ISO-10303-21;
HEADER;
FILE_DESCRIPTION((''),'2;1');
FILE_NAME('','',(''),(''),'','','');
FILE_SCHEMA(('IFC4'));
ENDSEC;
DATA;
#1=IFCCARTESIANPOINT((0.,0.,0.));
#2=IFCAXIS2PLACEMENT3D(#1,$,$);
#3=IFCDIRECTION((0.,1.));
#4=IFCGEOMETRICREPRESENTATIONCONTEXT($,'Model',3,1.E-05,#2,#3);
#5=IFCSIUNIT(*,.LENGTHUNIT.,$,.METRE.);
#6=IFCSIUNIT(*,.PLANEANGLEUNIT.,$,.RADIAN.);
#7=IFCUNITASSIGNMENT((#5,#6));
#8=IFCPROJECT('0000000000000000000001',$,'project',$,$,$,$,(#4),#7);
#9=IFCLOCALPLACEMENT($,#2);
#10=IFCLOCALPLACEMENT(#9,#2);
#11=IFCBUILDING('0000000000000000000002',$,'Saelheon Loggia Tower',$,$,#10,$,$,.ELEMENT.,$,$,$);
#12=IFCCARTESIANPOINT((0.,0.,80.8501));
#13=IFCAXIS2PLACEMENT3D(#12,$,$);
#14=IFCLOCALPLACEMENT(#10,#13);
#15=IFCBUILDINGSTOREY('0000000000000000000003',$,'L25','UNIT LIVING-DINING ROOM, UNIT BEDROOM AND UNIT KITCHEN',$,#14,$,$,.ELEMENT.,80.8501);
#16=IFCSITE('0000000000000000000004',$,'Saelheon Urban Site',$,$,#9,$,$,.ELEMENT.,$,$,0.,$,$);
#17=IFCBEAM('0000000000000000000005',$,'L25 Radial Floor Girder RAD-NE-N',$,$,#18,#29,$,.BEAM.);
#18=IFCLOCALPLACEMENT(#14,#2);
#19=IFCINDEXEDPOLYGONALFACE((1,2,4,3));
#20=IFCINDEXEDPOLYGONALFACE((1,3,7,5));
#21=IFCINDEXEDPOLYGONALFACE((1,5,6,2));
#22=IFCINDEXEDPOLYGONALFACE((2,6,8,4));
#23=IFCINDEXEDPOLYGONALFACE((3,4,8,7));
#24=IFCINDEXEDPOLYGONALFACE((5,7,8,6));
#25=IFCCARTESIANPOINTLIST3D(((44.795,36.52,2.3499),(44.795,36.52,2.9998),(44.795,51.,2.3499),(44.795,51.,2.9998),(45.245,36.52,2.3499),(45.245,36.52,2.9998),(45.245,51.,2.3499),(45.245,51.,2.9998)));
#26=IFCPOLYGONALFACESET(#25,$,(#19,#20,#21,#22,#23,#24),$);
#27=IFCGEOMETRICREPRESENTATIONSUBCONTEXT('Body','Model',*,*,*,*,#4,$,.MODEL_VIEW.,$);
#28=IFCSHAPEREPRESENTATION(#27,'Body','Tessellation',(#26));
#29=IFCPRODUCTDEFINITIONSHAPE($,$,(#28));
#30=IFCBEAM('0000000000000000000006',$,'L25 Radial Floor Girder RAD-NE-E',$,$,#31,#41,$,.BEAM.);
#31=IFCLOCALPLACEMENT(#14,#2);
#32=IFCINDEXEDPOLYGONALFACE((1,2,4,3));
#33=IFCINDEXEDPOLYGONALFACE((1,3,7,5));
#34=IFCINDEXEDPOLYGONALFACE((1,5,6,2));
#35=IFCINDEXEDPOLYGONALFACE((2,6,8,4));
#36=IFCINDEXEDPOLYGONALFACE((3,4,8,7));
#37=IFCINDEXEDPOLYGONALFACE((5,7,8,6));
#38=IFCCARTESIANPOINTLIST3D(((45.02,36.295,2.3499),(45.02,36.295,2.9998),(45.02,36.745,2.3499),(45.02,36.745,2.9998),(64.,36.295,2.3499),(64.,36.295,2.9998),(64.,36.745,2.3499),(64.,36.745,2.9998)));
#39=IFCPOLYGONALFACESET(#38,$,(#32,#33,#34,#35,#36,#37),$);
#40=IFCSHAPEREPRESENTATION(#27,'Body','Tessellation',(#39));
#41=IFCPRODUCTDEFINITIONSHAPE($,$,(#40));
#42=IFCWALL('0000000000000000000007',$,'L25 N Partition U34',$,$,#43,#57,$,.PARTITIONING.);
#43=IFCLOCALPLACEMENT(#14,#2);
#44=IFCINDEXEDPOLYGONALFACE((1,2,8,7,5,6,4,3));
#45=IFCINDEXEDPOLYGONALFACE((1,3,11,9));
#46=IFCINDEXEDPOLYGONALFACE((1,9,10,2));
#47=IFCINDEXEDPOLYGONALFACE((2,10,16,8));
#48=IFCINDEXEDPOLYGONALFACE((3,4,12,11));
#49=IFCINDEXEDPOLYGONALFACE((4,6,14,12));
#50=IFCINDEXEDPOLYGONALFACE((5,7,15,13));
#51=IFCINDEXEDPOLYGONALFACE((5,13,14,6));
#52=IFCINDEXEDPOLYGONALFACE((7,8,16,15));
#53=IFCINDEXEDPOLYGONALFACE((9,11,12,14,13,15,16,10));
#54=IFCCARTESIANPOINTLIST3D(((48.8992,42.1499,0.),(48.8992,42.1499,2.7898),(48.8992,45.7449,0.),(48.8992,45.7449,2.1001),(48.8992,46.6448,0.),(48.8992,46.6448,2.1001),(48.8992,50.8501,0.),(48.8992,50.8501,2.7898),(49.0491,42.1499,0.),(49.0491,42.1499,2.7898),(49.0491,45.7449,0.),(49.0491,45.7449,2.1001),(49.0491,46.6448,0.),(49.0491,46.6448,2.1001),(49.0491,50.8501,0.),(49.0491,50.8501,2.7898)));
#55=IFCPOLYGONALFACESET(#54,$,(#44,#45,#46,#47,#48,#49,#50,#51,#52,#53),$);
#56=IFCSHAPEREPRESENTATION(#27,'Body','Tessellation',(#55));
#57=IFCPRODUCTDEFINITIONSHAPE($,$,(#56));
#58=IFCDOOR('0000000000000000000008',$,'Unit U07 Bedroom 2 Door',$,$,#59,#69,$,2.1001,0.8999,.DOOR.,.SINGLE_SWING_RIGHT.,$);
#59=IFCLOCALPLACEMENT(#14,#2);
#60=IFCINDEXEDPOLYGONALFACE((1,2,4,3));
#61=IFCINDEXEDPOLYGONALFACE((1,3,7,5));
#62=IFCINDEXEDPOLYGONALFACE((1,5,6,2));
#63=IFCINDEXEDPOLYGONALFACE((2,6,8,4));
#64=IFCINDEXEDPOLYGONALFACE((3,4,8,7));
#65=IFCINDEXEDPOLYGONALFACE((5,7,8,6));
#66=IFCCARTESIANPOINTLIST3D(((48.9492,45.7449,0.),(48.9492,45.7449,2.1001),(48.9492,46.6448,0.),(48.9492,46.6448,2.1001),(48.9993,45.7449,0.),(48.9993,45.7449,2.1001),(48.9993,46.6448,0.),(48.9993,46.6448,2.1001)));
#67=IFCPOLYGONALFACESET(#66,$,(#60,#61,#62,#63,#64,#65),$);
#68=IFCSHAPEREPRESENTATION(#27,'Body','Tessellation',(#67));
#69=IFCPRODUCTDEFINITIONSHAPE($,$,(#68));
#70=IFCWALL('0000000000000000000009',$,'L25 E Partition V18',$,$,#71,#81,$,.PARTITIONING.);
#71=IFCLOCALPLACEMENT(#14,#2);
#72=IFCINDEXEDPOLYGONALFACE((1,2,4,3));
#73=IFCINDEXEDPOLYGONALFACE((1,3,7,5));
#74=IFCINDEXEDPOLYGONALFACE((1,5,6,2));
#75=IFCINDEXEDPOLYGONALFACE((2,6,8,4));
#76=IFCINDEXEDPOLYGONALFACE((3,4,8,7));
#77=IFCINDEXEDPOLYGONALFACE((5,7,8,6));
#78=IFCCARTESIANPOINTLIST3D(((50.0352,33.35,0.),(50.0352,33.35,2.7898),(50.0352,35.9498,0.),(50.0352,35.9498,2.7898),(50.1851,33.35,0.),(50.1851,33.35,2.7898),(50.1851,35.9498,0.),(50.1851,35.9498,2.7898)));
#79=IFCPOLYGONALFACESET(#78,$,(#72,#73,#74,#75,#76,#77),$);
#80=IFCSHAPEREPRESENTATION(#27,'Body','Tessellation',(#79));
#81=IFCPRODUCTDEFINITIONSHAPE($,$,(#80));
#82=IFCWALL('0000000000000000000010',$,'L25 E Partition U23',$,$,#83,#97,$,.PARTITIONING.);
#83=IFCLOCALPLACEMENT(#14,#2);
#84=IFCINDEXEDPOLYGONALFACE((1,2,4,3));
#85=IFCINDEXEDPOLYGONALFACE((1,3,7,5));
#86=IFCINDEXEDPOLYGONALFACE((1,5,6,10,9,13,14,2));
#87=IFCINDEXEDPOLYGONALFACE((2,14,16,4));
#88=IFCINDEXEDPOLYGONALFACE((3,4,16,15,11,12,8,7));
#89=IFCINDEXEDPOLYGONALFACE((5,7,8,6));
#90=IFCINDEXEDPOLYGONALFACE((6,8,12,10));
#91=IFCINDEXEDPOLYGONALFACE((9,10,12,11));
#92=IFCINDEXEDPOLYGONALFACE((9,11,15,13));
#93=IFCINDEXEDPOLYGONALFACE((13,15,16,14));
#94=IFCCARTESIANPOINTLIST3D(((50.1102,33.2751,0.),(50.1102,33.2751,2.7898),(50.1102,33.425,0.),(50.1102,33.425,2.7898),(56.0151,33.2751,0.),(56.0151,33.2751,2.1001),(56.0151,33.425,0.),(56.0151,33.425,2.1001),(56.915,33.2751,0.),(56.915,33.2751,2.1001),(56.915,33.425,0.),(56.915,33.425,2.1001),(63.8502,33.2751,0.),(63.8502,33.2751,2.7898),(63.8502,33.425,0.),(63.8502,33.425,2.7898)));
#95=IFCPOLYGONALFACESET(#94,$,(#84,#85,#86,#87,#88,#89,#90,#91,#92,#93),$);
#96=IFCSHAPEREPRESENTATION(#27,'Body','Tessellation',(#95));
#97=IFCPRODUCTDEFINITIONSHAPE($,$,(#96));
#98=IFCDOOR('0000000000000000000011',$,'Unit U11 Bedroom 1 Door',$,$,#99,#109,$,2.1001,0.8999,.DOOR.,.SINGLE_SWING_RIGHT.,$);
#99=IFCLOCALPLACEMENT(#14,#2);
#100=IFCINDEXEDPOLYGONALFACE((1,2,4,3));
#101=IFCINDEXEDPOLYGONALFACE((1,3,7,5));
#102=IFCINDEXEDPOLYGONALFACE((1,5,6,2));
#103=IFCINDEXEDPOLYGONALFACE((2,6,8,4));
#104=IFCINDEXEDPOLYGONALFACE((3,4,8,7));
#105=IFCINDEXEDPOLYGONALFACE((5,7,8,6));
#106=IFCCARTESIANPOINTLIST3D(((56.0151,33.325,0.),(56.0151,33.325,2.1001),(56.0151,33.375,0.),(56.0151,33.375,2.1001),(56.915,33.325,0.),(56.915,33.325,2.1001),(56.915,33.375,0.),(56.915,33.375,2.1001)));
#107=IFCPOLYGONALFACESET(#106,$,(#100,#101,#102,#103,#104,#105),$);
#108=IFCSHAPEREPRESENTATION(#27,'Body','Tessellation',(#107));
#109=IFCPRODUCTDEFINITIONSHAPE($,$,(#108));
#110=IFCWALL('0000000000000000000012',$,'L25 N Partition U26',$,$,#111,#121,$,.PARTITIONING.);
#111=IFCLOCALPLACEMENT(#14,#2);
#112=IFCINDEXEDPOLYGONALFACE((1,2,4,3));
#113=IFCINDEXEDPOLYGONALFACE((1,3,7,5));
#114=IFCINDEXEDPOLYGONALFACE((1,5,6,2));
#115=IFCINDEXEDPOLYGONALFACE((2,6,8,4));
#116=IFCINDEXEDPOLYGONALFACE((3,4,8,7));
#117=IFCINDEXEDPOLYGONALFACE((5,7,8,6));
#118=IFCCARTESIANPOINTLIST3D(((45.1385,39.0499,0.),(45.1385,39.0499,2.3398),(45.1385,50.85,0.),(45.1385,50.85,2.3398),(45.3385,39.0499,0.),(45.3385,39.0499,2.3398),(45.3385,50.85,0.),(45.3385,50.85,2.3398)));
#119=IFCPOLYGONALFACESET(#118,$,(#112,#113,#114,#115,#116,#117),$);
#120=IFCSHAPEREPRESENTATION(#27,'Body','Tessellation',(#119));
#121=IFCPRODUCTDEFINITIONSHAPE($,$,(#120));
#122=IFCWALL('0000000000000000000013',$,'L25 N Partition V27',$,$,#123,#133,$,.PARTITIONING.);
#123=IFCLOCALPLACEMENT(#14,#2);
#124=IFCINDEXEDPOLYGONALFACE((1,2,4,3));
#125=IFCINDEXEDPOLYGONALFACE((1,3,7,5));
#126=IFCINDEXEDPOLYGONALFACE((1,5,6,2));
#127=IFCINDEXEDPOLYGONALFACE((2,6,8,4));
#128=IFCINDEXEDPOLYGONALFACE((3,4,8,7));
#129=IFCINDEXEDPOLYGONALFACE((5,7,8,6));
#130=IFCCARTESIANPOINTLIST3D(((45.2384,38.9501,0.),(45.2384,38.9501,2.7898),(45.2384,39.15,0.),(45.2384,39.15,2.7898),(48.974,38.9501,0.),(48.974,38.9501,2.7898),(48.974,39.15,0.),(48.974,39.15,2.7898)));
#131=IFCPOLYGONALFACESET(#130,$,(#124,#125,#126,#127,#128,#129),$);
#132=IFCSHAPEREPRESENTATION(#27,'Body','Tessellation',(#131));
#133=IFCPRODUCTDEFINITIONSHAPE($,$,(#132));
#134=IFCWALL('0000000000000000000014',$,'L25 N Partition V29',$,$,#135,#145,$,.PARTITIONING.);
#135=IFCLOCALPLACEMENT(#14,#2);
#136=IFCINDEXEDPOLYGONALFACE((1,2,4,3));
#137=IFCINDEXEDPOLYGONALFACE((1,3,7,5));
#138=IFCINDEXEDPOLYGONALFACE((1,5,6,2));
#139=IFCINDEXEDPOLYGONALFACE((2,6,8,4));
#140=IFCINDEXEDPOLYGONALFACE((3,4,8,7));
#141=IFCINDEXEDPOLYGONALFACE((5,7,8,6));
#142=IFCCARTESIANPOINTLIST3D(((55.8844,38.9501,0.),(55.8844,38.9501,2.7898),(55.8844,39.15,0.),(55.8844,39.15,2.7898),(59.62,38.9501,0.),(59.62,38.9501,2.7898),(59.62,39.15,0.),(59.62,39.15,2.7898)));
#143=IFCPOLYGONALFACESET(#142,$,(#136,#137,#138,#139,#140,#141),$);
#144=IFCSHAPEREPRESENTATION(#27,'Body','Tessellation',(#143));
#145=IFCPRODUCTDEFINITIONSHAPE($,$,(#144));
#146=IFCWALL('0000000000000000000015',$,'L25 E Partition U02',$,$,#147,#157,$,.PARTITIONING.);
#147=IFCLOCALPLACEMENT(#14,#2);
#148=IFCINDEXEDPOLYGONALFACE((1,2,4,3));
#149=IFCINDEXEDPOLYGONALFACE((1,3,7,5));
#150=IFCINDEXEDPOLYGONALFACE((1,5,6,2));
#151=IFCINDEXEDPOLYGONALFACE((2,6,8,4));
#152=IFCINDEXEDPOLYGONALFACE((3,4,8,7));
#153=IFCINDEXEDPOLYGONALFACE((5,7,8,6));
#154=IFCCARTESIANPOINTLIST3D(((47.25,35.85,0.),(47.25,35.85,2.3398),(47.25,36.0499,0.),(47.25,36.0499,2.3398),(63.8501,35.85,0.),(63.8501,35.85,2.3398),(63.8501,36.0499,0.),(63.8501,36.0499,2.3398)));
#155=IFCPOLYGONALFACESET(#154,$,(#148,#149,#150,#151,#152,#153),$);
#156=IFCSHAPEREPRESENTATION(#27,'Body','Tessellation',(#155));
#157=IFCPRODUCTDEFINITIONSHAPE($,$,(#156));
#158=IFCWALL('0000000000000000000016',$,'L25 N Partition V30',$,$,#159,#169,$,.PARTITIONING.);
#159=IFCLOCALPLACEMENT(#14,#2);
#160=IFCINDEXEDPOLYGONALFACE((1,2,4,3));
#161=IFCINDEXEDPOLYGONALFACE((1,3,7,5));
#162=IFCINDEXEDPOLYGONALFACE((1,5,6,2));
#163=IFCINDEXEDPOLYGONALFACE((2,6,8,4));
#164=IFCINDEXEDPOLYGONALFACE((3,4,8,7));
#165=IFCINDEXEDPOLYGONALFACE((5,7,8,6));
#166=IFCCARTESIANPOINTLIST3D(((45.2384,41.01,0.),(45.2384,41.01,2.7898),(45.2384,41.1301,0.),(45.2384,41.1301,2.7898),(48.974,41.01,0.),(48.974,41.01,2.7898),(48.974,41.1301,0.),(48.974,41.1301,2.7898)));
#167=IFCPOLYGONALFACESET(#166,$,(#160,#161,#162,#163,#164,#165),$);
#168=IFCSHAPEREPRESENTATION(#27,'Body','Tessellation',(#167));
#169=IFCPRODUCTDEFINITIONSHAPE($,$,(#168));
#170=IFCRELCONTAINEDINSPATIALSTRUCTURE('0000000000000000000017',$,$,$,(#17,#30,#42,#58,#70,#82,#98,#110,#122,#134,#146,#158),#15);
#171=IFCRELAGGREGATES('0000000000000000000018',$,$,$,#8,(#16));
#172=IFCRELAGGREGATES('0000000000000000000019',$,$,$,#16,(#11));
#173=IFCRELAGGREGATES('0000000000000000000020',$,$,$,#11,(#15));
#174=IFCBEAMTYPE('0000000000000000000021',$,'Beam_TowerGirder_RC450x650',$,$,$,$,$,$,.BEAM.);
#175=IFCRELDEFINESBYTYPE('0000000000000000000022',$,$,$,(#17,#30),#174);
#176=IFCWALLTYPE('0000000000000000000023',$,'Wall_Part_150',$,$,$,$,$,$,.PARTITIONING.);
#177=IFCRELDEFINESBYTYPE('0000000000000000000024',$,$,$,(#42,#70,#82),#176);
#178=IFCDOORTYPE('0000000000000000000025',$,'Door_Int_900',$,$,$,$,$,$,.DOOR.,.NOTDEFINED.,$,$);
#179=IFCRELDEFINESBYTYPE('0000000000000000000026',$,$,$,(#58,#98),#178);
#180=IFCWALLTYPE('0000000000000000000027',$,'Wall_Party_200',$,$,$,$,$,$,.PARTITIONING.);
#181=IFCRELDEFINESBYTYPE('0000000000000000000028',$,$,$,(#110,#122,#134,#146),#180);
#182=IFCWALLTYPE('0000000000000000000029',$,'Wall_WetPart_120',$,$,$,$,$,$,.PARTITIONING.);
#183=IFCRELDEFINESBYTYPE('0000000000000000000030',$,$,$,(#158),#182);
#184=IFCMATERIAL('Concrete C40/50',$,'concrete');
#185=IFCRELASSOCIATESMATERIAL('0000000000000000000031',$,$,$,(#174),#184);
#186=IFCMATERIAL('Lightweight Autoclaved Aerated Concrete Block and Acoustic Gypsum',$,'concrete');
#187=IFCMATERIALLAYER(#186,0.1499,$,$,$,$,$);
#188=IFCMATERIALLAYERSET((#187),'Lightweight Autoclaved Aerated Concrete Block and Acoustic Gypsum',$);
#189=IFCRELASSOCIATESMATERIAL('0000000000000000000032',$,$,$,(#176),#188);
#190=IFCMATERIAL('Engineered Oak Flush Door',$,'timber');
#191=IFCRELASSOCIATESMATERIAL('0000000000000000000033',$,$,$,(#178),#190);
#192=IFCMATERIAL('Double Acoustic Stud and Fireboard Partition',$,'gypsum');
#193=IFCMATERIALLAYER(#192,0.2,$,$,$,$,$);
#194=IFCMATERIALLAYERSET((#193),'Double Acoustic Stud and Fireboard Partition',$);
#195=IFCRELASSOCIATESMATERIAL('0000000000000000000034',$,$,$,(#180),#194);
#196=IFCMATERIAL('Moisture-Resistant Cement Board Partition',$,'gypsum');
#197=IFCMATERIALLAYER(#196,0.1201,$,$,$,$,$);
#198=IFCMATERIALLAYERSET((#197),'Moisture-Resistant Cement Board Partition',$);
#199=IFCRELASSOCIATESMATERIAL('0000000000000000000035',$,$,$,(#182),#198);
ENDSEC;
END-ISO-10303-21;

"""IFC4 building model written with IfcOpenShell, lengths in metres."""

from ifc_helpers import new_model, si_unit, direction, frame, frame_2d, origin, origin_2d, place, context, subcontext, project, spatial, rectangle, extrude, source, transform, mapped, material, layer, layer_set, material_profile, profile_set, type_object, element, fill, save


model = new_model("IFC4")

# Units and contexts
model_context = context("Model", 3, precision=1e-05, world=origin(), true_north=direction((0.0, 1.0)))
body_context = subcontext(model_context, "Body", "Model", "MODEL_VIEW")
ifc_project = project(units=[si_unit("LENGTHUNIT", "METRE"), si_unit("PLANEANGLEUNIT", "RADIAN")], contexts=[model_context])

# Site, building, storey
site_placement = place(None, origin())
site = spatial("IfcSite", under=ifc_project, at=site_placement, Name="Saelheon Urban Site", CompositionType="ELEMENT", RefElevation=0.0)
building_placement = place(site_placement, origin())
building = spatial("IfcBuilding", under=site, at=building_placement, Name="Saelheon Loggia Tower", CompositionType="ELEMENT")
storey_placement = place(building_placement, frame((0.0, 0.0, 80.8501)))
storey = spatial("IfcBuildingStorey", under=building, at=storey_placement, Name="L25", Description="UNIT LIVING-DINING ROOM, UNIT BEDROOM AND UNIT KITCHEN", CompositionType="ELEMENT", Elevation=80.8501)

# Beams
ifc_material_1 = material(Name="Concrete C40/50", Category="concrete")
ifc_material_profile = material_profile(ifc_material_1, rectangle(XDim=0.45, YDim=0.6499, at=origin_2d()), Name="RC-450x650")
ifc_profile_set = profile_set([ifc_material_profile], Name="Concrete C40/50")
beam_type = type_object("IfcBeamType", Name="Beam_TowerGirder_RC450x650", PredefinedType="BEAM", material=ifc_profile_set)
shared_shape_1 = source(origin(), body_context, "Body", "SweptSolid", [
    extrude(rectangle(XDim=0.45, YDim=0.6499, at=origin_2d()), origin(), (0.0, 0.0, 1.0), 14.48),
])
beam_1_placement = place(storey_placement, frame((45.02, 36.52, 2.6748), z_axis=(0.0, 1.0, 0.0), x_axis=(-1.0, 0.0, 0.0)))
element("IfcBeam", 1, at=beam_1_placement, inside=storey, type_object=beam_type, Name="L25 Radial Floor Girder RAD-NE-N", PredefinedType="BEAM", context=body_context, shape_type="MappedRepresentation", body=[
    mapped(shared_shape_1, transform((0.0, 0.0, 0.0), scale=1.0)),
])
shared_shape_2 = source(origin(), body_context, "Body", "SweptSolid", [
    extrude(rectangle(XDim=0.45, YDim=0.6499, at=origin_2d()), origin(), (0.0, 0.0, 1.0), 18.98),
])
beam_2_placement = place(storey_placement, frame((45.02, 36.52, 2.6748), z_axis=(1.0, 0.0, 0.0), x_axis=(0.0, 1.0, 0.0)))
element("IfcBeam", 2, at=beam_2_placement, inside=storey, type_object=beam_type, Name="L25 Radial Floor Girder RAD-NE-E", PredefinedType="BEAM", context=body_context, shape_type="MappedRepresentation", body=[
    mapped(shared_shape_2, transform((0.0, 0.0, 0.0), scale=1.0)),
])

# Wall, opening, door
ifc_material_2 = material(Name="Lightweight Autoclaved Aerated Concrete Block and Acoustic Gypsum", Category="concrete")
ifc_layer_1 = layer(ifc_material_2, 0.1499)
ifc_layer_set_1 = layer_set([ifc_layer_1], Name="Lightweight Autoclaved Aerated Concrete Block and Acoustic Gypsum")
wall_type_1 = type_object("IfcWallType", Name="Wall_Part_150", PredefinedType="PARTITIONING", material=ifc_layer_set_1)
wall_1_placement = place(storey_placement, frame((48.9741, 42.1499, 0.0), z_axis=(0.0, 0.0, 1.0), x_axis=(0.0, 1.0, 0.0)))
wall_1 = element("IfcWall", 3, at=wall_1_placement, inside=storey, type_object=wall_type_1, Name="L25 N Partition U34", PredefinedType="PARTITIONING", context=body_context, shape_type="SweptSolid", body=[
    extrude(rectangle(XDim=8.7002, YDim=0.1499, at=frame_2d((4.3501, 0.0))), origin(), (0.0, 0.0, 1.0), 2.7898),
])
opening_1_placement = place(wall_1_placement, frame((3.595, 0.0, 0.0)))
opening_1 = element("IfcOpeningElement", 4, at=opening_1_placement, cuts=wall_1, PredefinedType="OPENING", context=body_context, shape_type="SweptSolid", body=[
    extrude(rectangle(XDim=0.8999, YDim=2.1001, at=frame_2d((0.45, 1.05))), frame((0.0, 0.0869, 0.0), z_axis=(0.0, -1.0, 0.0), x_axis=(1.0, 0.0, 0.0)), (0.0, 0.0, 1.0), 0.1738),
])
ifc_material_3 = material(Name="Engineered Oak Flush Door", Category="timber")
door_type_1 = type_object("IfcDoorType", Name="Door_Int_900", OperationType="NOTDEFINED", PredefinedType="DOOR", material=ifc_material_3)
shared_shape_3 = source(origin(), body_context, "Body", "SweptSolid", [
    extrude(rectangle(XDim=0.8999, YDim=2.1001, at=frame_2d((0.45, 1.05))), frame((0.0, 0.0249, 0.0), z_axis=(0.0, -1.0, 0.0), x_axis=(1.0, 0.0, 0.0)), (0.0, 0.0, 1.0), 0.05),
])
door_1_placement = place(opening_1_placement, origin())
door_1 = element("IfcDoor", 5, at=door_1_placement, inside=storey, type_object=door_type_1, Name="Unit U07 Bedroom 2 Door", OperationType="SINGLE_SWING_RIGHT", OverallHeight=2.1001, OverallWidth=0.8999, PredefinedType="DOOR", context=body_context, shape_type="MappedRepresentation", body=[
    mapped(shared_shape_3, transform((0.0, 0.0, 0.0), scale=1.0)),
])
fill(opening_1, door_1)

# Wall
wall_2_placement = place(storey_placement, frame((50.1101, 33.3501, 0.0), z_axis=(0.0, 0.0, 1.0), x_axis=(0.0, 1.0, 0.0)))
element("IfcWall", 6, at=wall_2_placement, inside=storey, type_object=wall_type_1, Name="L25 E Partition V18", PredefinedType="PARTITIONING", context=body_context, shape_type="SweptSolid", body=[
    extrude(rectangle(XDim=2.5999, YDim=0.1499, at=frame_2d((1.2998, 0.0))), origin(), (0.0, 0.0, 1.0), 2.7898),
])

# Wall, opening, door
wall_3_placement = place(storey_placement, frame((50.1101, 33.3501, 0.0), z_axis=(0.0, 0.0, 1.0), x_axis=(1.0, 0.0, 0.0)))
wall_3 = element("IfcWall", 7, at=wall_3_placement, inside=storey, type_object=wall_type_1, Name="L25 E Partition U23", PredefinedType="PARTITIONING", context=body_context, shape_type="SweptSolid", body=[
    extrude(rectangle(XDim=13.74, YDim=0.1499, at=frame_2d((6.8701, 0.0))), origin(), (0.0, 0.0, 1.0), 2.7898),
])
opening_2_placement = place(wall_3_placement, frame((5.905, 0.0, 0.0)))
opening_2 = element("IfcOpeningElement", 8, at=opening_2_placement, cuts=wall_3, PredefinedType="OPENING", context=body_context, shape_type="SweptSolid", body=[
    extrude(rectangle(XDim=0.8999, YDim=2.1001, at=frame_2d((0.45, 1.05))), frame((0.0, 0.0869, 0.0), z_axis=(0.0, -1.0, 0.0), x_axis=(1.0, 0.0, 0.0)), (0.0, 0.0, 1.0), 0.1738),
])
door_2_placement = place(opening_2_placement, origin())
door_2 = element("IfcDoor", 9, at=door_2_placement, inside=storey, type_object=door_type_1, Name="Unit U11 Bedroom 1 Door", OperationType="SINGLE_SWING_RIGHT", OverallHeight=2.1001, OverallWidth=0.8999, PredefinedType="DOOR", context=body_context, shape_type="MappedRepresentation", body=[
    mapped(shared_shape_3, transform((0.0, 0.0, 0.0), scale=1.0)),
])
fill(opening_2, door_2)

# Walls
ifc_material_4 = material(Name="Double Acoustic Stud and Fireboard Partition", Category="gypsum")
ifc_layer_2 = layer(ifc_material_4, 0.2)
ifc_layer_set_2 = layer_set([ifc_layer_2], Name="Double Acoustic Stud and Fireboard Partition")
wall_type_2 = type_object("IfcWallType", Name="Wall_Party_200", PredefinedType="PARTITIONING", material=ifc_layer_set_2)
wall_4_placement = place(storey_placement, frame((45.2385, 39.05, 0.0), z_axis=(0.0, 0.0, 1.0), x_axis=(0.0, 1.0, 0.0)))
element("IfcWall", 10, at=wall_4_placement, inside=storey, type_object=wall_type_2, Name="L25 N Partition U26", PredefinedType="PARTITIONING", context=body_context, shape_type="SweptSolid", body=[
    extrude(rectangle(XDim=11.8, YDim=0.2, at=frame_2d((5.8999, 0.0))), origin(), (0.0, 0.0, 1.0), 2.3398),
])
wall_5_placement = place(storey_placement, frame((45.2385, 39.05, 0.0), z_axis=(0.0, 0.0, 1.0), x_axis=(1.0, 0.0, 0.0)))
element("IfcWall", 11, at=wall_5_placement, inside=storey, type_object=wall_type_2, Name="L25 N Partition V27", PredefinedType="PARTITIONING", context=body_context, shape_type="SweptSolid", body=[
    extrude(rectangle(XDim=3.7356, YDim=0.2, at=frame_2d((1.8677, 0.0))), origin(), (0.0, 0.0, 1.0), 2.7898),
])

# Walls
wall_6_placement = place(storey_placement, frame((55.8845, 39.05, 0.0), z_axis=(0.0, 0.0, 1.0), x_axis=(1.0, 0.0, 0.0)))
element("IfcWall", 12, at=wall_6_placement, inside=storey, type_object=wall_type_2, Name="L25 N Partition V29", PredefinedType="PARTITIONING", context=body_context, shape_type="SweptSolid", body=[
    extrude(rectangle(XDim=3.7356, YDim=0.2, at=frame_2d((1.8677, 0.0))), origin(), (0.0, 0.0, 1.0), 2.7898),
])
wall_7_placement = place(storey_placement, frame((47.25, 35.95, 0.0), z_axis=(0.0, 0.0, 1.0), x_axis=(1.0, 0.0, 0.0)))
element("IfcWall", 13, at=wall_7_placement, inside=storey, type_object=wall_type_2, Name="L25 E Partition U02", PredefinedType="PARTITIONING", context=body_context, shape_type="SweptSolid", body=[
    extrude(rectangle(XDim=16.6001, YDim=0.2, at=frame_2d((8.3, 0.0))), origin(), (0.0, 0.0, 1.0), 2.3398),
])
ifc_material_5 = material(Name="Moisture-Resistant Cement Board Partition", Category="gypsum")
ifc_layer_3 = layer(ifc_material_5, 0.1201)
ifc_layer_set_3 = layer_set([ifc_layer_3], Name="Moisture-Resistant Cement Board Partition")
wall_type_3 = type_object("IfcWallType", Name="Wall_WetPart_120", PredefinedType="PARTITIONING", material=ifc_layer_set_3)
wall_8_placement = place(storey_placement, frame((45.2385, 41.0701, 0.0), z_axis=(0.0, 0.0, 1.0), x_axis=(1.0, 0.0, 0.0)))
element("IfcWall", 14, at=wall_8_placement, inside=storey, type_object=wall_type_3, Name="L25 N Partition V30", PredefinedType="PARTITIONING", context=body_context, shape_type="SweptSolid", body=[
    extrude(rectangle(XDim=3.7356, YDim=0.1201, at=frame_2d((1.8677, 0.0))), origin(), (0.0, 0.0, 1.0), 2.7898),
])

save(model, "model.ifc")
